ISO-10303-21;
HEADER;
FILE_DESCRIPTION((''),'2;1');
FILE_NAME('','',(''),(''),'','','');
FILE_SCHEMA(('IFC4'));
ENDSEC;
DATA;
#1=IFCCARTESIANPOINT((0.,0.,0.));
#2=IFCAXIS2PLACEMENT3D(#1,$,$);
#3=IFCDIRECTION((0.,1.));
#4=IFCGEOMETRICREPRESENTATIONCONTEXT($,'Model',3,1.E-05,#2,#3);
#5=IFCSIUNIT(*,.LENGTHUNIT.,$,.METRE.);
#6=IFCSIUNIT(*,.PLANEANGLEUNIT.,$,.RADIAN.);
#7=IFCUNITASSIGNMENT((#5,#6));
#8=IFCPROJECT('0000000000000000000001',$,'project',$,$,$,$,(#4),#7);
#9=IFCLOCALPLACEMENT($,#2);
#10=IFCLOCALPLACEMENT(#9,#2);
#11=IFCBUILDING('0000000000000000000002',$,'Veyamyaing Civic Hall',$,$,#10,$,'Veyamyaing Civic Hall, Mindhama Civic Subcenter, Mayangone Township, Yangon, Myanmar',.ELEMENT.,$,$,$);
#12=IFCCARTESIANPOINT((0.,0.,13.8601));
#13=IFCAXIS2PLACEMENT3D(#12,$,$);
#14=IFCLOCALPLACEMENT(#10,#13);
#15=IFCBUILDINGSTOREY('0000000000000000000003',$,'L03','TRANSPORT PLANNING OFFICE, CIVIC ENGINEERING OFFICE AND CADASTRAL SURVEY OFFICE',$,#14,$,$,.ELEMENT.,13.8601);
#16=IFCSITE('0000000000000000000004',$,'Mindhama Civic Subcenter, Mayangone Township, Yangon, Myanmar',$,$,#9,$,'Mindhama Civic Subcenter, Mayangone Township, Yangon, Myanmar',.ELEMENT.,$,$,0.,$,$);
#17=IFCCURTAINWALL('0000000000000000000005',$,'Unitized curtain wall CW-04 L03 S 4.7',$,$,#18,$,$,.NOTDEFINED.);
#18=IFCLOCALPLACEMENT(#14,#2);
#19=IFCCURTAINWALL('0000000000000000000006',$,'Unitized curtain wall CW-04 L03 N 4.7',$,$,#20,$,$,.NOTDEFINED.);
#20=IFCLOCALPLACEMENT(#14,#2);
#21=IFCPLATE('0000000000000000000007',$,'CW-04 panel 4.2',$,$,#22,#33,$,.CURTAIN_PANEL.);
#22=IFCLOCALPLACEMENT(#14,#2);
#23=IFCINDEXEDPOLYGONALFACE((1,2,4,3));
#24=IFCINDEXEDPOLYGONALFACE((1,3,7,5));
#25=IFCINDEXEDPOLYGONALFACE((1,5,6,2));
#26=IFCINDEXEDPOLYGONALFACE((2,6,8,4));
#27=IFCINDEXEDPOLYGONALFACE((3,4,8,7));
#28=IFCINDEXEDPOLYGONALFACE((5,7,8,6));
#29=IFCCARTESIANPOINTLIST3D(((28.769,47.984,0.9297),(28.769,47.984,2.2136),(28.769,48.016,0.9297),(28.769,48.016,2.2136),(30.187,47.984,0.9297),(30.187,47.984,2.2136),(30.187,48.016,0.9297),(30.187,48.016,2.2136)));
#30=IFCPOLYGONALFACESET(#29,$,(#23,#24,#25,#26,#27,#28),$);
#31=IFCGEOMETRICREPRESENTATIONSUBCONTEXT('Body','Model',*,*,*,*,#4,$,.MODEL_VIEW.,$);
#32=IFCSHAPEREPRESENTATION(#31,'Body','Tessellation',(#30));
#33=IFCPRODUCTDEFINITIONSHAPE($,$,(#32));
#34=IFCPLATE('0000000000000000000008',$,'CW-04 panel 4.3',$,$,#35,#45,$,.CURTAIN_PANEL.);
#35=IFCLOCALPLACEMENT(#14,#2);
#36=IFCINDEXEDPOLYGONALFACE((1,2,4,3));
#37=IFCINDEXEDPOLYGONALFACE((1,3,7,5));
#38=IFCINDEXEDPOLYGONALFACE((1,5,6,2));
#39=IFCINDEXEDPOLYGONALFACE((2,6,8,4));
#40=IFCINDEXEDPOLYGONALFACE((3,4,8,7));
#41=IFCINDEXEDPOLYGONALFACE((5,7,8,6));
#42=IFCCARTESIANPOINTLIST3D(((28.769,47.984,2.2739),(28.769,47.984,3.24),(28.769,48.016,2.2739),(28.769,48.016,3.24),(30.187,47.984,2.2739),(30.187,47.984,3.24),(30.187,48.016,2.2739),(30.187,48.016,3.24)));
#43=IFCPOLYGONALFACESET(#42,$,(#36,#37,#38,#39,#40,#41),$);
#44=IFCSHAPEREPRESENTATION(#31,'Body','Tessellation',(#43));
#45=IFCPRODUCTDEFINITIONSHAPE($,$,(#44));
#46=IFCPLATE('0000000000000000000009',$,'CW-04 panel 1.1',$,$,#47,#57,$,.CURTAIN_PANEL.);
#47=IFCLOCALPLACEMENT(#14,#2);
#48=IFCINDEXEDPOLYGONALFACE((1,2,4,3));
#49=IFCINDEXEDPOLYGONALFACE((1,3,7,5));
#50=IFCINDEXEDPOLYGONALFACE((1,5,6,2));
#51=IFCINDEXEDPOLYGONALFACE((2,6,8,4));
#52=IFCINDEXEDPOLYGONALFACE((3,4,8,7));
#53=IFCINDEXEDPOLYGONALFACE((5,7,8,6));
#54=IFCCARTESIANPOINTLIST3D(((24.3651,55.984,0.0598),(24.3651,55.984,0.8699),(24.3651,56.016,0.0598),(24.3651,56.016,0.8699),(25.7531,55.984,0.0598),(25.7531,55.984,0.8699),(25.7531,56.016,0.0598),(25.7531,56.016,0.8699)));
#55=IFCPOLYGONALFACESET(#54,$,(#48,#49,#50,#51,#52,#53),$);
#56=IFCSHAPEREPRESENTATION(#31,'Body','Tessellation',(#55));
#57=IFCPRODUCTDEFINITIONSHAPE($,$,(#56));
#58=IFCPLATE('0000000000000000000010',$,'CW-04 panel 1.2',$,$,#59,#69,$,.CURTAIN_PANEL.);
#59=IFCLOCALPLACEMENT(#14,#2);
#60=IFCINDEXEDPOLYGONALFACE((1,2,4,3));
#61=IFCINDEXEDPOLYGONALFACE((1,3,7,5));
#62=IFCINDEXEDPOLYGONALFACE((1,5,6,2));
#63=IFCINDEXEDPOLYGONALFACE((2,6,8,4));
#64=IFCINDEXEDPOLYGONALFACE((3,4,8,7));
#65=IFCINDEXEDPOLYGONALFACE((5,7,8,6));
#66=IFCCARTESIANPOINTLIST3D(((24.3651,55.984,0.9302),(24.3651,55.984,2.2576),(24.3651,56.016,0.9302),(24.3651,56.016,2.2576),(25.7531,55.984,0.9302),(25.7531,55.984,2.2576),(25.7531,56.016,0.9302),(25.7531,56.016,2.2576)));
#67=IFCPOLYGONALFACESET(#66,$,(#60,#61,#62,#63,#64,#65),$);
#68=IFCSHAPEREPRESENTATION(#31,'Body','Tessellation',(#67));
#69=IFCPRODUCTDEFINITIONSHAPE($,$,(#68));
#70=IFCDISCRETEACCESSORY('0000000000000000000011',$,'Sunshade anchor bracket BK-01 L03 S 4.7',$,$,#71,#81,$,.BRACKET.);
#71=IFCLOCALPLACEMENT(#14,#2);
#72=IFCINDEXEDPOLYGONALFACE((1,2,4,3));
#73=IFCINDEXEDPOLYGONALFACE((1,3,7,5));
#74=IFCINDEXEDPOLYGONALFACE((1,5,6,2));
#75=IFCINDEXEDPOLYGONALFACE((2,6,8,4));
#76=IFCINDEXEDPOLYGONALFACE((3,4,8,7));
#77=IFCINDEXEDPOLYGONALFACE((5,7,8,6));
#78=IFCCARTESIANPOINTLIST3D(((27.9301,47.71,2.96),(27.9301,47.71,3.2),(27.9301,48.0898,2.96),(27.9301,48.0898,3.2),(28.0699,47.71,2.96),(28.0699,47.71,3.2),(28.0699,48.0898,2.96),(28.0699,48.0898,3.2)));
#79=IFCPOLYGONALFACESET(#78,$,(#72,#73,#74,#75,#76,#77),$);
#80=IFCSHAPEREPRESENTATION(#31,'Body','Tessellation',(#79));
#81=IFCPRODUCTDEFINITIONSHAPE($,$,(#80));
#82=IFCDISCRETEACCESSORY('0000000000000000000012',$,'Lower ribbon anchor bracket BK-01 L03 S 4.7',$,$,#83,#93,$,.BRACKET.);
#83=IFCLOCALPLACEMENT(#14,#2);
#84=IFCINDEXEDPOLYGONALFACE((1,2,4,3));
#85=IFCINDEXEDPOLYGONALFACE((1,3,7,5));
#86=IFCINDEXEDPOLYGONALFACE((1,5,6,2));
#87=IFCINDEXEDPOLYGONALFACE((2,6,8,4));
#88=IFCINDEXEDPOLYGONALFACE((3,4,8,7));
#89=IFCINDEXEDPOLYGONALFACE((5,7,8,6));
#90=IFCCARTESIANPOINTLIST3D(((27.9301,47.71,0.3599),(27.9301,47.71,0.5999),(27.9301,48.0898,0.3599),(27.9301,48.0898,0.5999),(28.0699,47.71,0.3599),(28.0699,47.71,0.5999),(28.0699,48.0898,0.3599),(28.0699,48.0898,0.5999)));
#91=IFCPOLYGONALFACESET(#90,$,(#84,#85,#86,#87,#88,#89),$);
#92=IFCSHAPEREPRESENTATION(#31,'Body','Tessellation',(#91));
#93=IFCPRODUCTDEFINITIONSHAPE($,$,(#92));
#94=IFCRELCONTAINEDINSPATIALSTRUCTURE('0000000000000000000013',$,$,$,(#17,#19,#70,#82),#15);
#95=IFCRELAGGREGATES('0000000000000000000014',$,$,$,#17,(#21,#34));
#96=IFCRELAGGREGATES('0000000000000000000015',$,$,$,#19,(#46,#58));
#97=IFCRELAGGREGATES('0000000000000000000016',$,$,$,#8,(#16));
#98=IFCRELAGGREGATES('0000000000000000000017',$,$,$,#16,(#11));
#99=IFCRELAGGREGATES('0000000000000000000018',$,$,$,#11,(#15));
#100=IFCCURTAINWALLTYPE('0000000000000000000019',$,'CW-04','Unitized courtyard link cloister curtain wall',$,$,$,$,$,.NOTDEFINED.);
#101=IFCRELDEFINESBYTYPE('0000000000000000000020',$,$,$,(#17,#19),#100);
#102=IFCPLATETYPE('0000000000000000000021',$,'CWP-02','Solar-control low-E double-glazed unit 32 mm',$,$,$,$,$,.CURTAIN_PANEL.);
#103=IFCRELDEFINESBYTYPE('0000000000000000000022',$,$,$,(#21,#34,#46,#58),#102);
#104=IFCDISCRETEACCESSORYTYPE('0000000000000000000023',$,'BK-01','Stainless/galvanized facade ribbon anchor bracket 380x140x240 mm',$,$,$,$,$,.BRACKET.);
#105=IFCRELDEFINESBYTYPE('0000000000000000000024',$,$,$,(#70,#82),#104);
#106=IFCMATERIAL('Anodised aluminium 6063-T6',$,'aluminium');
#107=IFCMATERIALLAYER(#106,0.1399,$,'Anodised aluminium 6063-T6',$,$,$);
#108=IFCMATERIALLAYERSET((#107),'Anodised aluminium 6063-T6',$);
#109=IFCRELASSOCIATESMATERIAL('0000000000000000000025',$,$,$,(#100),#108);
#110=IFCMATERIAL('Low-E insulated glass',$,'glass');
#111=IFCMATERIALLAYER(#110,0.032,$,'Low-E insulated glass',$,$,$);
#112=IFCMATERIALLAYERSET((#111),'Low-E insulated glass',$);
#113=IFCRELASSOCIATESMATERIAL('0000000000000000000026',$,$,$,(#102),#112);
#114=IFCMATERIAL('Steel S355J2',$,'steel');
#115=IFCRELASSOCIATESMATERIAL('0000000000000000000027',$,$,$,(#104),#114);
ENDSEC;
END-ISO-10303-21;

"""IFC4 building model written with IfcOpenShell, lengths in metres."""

from ifc_helpers import new_model, si_unit, direction, frame, origin, origin_2d, place, context, subcontext, project, spatial, rectangle, extrude, material, layer, layer_set, type_object, element, aggregate, save


model = new_model("IFC4")

# Units and contexts
model_context = context("Model", 3, precision=1e-05, world=origin(), true_north=direction((0.0, 1.0)))
body_context = subcontext(model_context, "Body", "Model", "MODEL_VIEW")
ifc_project = project(units=[si_unit("LENGTHUNIT", "METRE"), si_unit("PLANEANGLEUNIT", "RADIAN")], contexts=[model_context])

# Site, building, storey
site_placement = place(None, origin())
site = spatial("IfcSite", under=ifc_project, at=site_placement, Name="Mindhama Civic Subcenter, Mayangone Township, Yangon, Myanmar", LongName="Mindhama Civic Subcenter, Mayangone Township, Yangon, Myanmar", CompositionType="ELEMENT", RefElevation=0.0)
building_placement = place(site_placement, origin())
building = spatial("IfcBuilding", under=site, at=building_placement, Name="Veyamyaing Civic Hall", LongName="Veyamyaing Civic Hall, Mindhama Civic Subcenter, Mayangone Township, Yangon, Myanmar", CompositionType="ELEMENT")
storey_placement = place(building_placement, frame((0.0, 0.0, 13.8601)))
storey = spatial("IfcBuildingStorey", under=building, at=storey_placement, Name="L03", Description="TRANSPORT PLANNING OFFICE, CIVIC ENGINEERING OFFICE AND CADASTRAL SURVEY OFFICE", CompositionType="ELEMENT", Elevation=13.8601)

# Curtain walls
ifc_material_1 = material(Name="Anodised aluminium 6063-T6", Category="aluminium")
ifc_layer_1 = layer(ifc_material_1, 0.1399, Name="Anodised aluminium 6063-T6")
ifc_layer_set_1 = layer_set([ifc_layer_1], Name="Anodised aluminium 6063-T6")
curtain_wall_type = type_object("IfcCurtainWallType", Name="CW-04", Description="Unitized courtyard link cloister curtain wall", PredefinedType="NOTDEFINED", material=ifc_layer_set_1)
curtain_wall_1_placement = place(storey_placement, origin())
curtain_wall_1 = element("IfcCurtainWall", 1, at=curtain_wall_1_placement, inside=storey, type_object=curtain_wall_type, Name="Unitized curtain wall CW-04 L03 S 4.7", PredefinedType="NOTDEFINED")
curtain_wall_2_placement = place(storey_placement, origin())
curtain_wall_2 = element("IfcCurtainWall", 2, at=curtain_wall_2_placement, inside=storey, type_object=curtain_wall_type, Name="Unitized curtain wall CW-04 L03 N 4.7", PredefinedType="NOTDEFINED")

# Plates
ifc_material_2 = material(Name="Low-E insulated glass", Category="glass")
ifc_layer_2 = layer(ifc_material_2, 0.032, Name="Low-E insulated glass")
ifc_layer_set_2 = layer_set([ifc_layer_2], Name="Low-E insulated glass")
plate_type = type_object("IfcPlateType", Name="CWP-02", Description="Solar-control low-E double-glazed unit 32 mm", PredefinedType="CURTAIN_PANEL", material=ifc_layer_set_2)
plate_1_placement = place(storey_placement, frame((29.478, 48.0, 0.9297), z_axis=(0.0, 0.0, 1.0), x_axis=(1.0, 0.0, 0.0)))
plate_1 = element("IfcPlate", 3, at=plate_1_placement, type_object=plate_type, Name="CW-04 panel 4.2", PredefinedType="CURTAIN_PANEL", context=body_context, shape_type="SweptSolid", body=[
    extrude(rectangle(XDim=1.418, YDim=0.032, at=origin_2d()), origin(), (0.0, 0.0, 1.0), 1.2839),
])
plate_2_placement = place(storey_placement, frame((29.478, 48.0, 2.2739), z_axis=(0.0, 0.0, 1.0), x_axis=(1.0, 0.0, 0.0)))
plate_2 = element("IfcPlate", 4, at=plate_2_placement, type_object=plate_type, Name="CW-04 panel 4.3", PredefinedType="CURTAIN_PANEL", context=body_context, shape_type="SweptSolid", body=[
    extrude(rectangle(XDim=1.418, YDim=0.032, at=origin_2d()), origin(), (0.0, 0.0, 1.0), 0.9661),
])
aggregate(curtain_wall_1, [plate_1, plate_2])
plate_3_placement = place(storey_placement, frame((25.0591, 56.0, 0.0598), z_axis=(0.0, 0.0, 1.0), x_axis=(1.0, 0.0, 0.0)))
plate_3 = element("IfcPlate", 5, at=plate_3_placement, type_object=plate_type, Name="CW-04 panel 1.1", PredefinedType="CURTAIN_PANEL", context=body_context, shape_type="SweptSolid", body=[
    extrude(rectangle(XDim=1.3879, YDim=0.032, at=origin_2d()), origin(), (0.0, 0.0, 1.0), 0.8101),
])
plate_4_placement = place(storey_placement, frame((25.0591, 56.0, 0.9302), z_axis=(0.0, 0.0, 1.0), x_axis=(1.0, 0.0, 0.0)))
plate_4 = element("IfcPlate", 6, at=plate_4_placement, type_object=plate_type, Name="CW-04 panel 1.2", PredefinedType="CURTAIN_PANEL", context=body_context, shape_type="SweptSolid", body=[
    extrude(rectangle(XDim=1.3879, YDim=0.032, at=origin_2d()), origin(), (0.0, 0.0, 1.0), 1.3274),
])
aggregate(curtain_wall_2, [plate_3, plate_4])

# Discrete accessories
ifc_material_3 = material(Name="Steel S355J2", Category="steel")
discrete_accessory_type = type_object("IfcDiscreteAccessoryType", Name="BK-01", Description="Stainless/galvanized facade ribbon anchor bracket 380x140x240 mm", PredefinedType="BRACKET", material=ifc_material_3)
for number, where, z_axis, x_axis, name in (
    (7, (28.0, 47.8999, 2.96), (0.0, 0.0, 1.0), (0.0, -1.0, 0.0), "Sunshade anchor bracket BK-01 L03 S 4.7"),
    (8, (28.0, 47.8999, 0.3599), (0.0, 0.0, 1.0), (0.0, -1.0, 0.0), "Lower ribbon anchor bracket BK-01 L03 S 4.7"),
):
    element("IfcDiscreteAccessory", number, at=place(storey_placement, frame(where, z_axis=z_axis, x_axis=x_axis)), inside=storey, type_object=discrete_accessory_type, Name=name, PredefinedType="BRACKET", context=body_context, shape_type="SweptSolid", body=[
        extrude(rectangle(XDim=0.3799, YDim=0.1399, at=origin_2d()), origin(), (0.0, 0.0, 1.0), 0.24),
    ])

save(model, "model.ifc")
